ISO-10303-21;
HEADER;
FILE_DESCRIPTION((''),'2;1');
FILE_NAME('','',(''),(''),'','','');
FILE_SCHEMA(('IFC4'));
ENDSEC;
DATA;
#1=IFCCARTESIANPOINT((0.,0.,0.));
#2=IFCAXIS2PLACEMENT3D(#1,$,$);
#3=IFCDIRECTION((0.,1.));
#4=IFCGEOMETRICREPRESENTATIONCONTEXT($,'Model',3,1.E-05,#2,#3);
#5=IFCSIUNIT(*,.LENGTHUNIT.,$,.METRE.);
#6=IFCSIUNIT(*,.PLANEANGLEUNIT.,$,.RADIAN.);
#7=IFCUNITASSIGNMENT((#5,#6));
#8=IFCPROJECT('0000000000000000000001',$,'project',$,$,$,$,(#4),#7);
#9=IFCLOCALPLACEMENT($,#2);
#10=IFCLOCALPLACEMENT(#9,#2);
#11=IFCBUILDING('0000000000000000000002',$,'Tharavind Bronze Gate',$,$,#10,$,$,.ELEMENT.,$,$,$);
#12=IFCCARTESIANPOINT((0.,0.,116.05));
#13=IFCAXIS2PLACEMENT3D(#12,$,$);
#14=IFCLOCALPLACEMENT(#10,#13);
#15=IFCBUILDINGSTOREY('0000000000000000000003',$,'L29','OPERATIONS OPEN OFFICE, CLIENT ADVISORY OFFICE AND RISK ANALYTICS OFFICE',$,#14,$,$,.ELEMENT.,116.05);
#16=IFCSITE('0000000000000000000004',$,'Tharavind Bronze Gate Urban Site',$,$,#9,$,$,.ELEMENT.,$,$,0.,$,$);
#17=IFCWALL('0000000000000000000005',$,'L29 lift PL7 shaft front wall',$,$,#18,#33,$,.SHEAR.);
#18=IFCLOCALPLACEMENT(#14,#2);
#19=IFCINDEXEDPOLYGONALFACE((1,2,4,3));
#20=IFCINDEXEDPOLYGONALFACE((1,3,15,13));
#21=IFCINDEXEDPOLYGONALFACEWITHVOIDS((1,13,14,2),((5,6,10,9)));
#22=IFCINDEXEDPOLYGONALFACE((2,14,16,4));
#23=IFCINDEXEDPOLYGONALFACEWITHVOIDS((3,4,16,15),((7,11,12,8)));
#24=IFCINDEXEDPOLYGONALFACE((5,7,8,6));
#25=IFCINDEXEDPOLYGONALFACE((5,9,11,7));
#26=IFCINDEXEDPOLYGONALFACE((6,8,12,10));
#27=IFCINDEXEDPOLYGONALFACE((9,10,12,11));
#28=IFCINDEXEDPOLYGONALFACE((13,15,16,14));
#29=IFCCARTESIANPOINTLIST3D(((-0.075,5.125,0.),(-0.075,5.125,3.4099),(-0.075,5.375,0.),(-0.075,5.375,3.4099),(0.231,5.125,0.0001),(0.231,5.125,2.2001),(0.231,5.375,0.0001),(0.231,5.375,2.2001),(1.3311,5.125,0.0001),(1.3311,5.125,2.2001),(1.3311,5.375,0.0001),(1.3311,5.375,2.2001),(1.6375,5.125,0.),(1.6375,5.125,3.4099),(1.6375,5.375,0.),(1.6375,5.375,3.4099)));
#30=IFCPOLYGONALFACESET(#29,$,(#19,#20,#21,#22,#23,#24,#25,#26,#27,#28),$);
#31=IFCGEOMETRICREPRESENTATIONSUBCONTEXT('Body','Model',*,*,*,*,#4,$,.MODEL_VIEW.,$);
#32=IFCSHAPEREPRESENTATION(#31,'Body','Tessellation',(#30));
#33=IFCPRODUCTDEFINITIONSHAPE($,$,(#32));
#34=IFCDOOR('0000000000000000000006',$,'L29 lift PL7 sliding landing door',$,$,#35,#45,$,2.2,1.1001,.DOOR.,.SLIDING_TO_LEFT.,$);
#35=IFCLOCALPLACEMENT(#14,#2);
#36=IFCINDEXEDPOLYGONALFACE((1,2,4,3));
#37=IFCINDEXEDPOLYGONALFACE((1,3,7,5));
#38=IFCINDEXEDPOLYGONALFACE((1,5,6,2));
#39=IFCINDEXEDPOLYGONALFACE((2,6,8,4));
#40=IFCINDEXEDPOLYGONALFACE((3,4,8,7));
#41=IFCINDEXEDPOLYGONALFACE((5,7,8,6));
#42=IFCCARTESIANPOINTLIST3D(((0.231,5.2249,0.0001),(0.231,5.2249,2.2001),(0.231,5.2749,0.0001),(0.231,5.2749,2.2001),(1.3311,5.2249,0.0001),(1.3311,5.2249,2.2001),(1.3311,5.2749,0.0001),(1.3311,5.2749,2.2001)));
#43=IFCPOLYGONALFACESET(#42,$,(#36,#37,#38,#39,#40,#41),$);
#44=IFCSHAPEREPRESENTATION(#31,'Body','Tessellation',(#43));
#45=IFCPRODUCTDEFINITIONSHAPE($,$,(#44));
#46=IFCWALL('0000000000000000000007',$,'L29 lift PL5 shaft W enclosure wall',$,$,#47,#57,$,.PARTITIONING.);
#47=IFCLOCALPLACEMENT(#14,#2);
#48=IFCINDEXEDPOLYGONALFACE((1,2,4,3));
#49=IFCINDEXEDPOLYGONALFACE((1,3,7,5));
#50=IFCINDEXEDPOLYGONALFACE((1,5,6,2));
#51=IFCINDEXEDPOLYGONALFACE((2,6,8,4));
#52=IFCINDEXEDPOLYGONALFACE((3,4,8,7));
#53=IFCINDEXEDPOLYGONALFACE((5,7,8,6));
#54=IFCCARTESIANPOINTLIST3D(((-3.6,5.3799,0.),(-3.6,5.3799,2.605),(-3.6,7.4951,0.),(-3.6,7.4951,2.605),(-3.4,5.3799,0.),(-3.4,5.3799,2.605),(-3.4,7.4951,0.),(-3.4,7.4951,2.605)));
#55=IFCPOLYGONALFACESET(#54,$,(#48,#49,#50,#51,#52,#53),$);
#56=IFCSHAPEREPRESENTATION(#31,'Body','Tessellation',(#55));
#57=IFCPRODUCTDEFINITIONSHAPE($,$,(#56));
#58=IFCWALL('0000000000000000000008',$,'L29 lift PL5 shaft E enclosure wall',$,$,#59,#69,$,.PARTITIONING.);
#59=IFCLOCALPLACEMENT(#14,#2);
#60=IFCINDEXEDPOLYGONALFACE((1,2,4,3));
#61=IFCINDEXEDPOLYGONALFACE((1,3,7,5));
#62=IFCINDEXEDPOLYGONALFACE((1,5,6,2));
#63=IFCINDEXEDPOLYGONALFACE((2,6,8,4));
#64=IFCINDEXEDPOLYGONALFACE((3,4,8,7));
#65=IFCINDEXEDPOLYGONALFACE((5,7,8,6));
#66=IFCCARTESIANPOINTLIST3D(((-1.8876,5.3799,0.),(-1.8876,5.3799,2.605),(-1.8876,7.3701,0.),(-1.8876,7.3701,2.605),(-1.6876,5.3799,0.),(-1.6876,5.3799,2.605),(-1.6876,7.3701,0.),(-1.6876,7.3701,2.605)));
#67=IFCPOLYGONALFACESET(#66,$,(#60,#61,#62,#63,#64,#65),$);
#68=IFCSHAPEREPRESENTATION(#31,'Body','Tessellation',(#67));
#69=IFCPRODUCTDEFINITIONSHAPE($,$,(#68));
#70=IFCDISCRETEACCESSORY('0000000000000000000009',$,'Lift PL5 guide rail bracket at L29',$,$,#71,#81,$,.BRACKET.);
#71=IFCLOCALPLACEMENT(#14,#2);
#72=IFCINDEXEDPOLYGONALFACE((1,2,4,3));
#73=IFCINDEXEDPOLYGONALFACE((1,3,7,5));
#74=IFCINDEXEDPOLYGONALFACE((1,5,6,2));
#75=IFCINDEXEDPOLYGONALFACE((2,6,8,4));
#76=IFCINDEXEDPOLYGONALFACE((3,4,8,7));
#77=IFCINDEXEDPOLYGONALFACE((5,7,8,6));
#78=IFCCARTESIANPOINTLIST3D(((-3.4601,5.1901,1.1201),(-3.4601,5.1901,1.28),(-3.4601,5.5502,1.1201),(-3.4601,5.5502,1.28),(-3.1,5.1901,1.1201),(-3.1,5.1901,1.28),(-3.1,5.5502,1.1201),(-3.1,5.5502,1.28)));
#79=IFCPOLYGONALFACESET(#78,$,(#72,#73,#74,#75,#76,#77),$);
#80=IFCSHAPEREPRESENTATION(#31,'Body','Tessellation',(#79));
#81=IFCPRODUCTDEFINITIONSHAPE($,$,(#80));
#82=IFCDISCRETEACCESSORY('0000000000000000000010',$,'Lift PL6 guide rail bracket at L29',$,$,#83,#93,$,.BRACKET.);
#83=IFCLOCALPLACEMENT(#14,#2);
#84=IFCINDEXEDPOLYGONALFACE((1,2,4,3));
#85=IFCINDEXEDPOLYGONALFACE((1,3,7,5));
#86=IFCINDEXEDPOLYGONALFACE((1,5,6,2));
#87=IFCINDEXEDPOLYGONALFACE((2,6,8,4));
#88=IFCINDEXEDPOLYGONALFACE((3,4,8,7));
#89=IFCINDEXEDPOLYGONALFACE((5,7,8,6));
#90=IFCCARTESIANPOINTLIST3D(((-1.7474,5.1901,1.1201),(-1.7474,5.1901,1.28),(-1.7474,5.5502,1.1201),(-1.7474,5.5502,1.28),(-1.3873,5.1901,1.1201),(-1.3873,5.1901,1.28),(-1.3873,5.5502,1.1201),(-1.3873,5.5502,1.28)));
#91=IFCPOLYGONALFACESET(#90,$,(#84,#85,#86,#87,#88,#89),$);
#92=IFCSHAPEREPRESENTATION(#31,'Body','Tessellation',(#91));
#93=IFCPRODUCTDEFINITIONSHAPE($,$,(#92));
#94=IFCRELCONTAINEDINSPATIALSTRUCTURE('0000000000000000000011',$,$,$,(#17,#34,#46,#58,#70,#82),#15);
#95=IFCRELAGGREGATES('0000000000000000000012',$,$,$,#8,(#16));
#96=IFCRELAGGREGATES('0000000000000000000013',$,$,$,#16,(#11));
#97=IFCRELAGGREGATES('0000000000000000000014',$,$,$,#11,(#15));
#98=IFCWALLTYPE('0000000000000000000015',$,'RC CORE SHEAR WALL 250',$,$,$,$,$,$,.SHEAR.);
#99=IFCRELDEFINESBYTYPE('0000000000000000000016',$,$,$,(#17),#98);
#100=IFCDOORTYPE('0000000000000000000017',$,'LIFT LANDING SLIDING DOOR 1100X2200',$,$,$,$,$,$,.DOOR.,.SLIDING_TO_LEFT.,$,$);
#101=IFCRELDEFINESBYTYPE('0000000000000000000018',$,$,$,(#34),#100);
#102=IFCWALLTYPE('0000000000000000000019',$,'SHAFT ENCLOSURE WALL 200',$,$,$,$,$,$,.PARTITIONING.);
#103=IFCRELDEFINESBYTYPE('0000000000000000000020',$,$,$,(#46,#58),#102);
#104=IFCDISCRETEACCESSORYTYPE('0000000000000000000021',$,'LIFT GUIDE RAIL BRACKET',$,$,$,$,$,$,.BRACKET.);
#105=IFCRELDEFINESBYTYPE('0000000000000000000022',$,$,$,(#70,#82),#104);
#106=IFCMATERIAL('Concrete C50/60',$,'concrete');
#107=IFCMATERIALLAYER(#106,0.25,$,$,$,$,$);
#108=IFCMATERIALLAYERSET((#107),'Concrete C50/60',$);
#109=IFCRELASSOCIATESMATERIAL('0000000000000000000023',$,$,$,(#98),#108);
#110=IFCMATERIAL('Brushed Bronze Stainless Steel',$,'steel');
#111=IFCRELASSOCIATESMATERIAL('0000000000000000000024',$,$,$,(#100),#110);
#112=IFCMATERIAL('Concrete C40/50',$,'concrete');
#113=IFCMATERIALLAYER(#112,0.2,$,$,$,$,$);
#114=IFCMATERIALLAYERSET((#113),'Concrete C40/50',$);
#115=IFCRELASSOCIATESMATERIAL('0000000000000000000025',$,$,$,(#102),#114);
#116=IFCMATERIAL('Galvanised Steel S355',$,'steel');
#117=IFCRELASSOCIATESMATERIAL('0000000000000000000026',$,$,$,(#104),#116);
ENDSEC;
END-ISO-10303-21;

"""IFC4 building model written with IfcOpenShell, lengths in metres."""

from ifc_helpers import new_model, si_unit, direction, frame, frame_2d, origin, origin_2d, place, context, subcontext, project, spatial, rectangle, extrude, material, layer, layer_set, type_object, element, fill, save


model = new_model("IFC4")

# Units and contexts
model_context = context("Model", 3, precision=1e-05, world=origin(), true_north=direction((0.0, 1.0)))
body_context = subcontext(model_context, "Body", "Model", "MODEL_VIEW")
ifc_project = project(units=[si_unit("LENGTHUNIT", "METRE"), si_unit("PLANEANGLEUNIT", "RADIAN")], contexts=[model_context])

# Site, building, storey
site_placement = place(None, origin())
site = spatial("IfcSite", under=ifc_project, at=site_placement, Name="Tharavind Bronze Gate Urban Site", CompositionType="ELEMENT", RefElevation=0.0)
building_placement = place(site_placement, origin())
building = spatial("IfcBuilding", under=site, at=building_placement, Name="Tharavind Bronze Gate", CompositionType="ELEMENT")
storey_placement = place(building_placement, frame((0.0, 0.0, 116.05)))
storey = spatial("IfcBuildingStorey", under=building, at=storey_placement, Name="L29", Description="OPERATIONS OPEN OFFICE, CLIENT ADVISORY OFFICE AND RISK ANALYTICS OFFICE", CompositionType="ELEMENT", Elevation=116.05)

# Shared definitions
ifc_material_1 = material(Name="Concrete C40/50", Category="concrete")

# Wall, opening, door
ifc_material_2 = material(Name="Concrete C50/60", Category="concrete")
ifc_layer_1 = layer(ifc_material_2, 0.25)
ifc_layer_set_1 = layer_set([ifc_layer_1], Name="Concrete C50/60")
wall_type_1 = type_object("IfcWallType", Name="RC CORE SHEAR WALL 250", PredefinedType="SHEAR", material=ifc_layer_set_1)
ifc_material_3 = material(Name="Brushed Bronze Stainless Steel", Category="steel")
door_type_1 = type_object("IfcDoorType", Name="LIFT LANDING SLIDING DOOR 1100X2200", OperationType="SLIDING_TO_LEFT", PredefinedType="DOOR", material=ifc_material_3)
wall_1_placement = place(storey_placement, frame((-0.075, 5.25, 0.0), z_axis=(0.0, 0.0, 1.0), x_axis=(1.0, 0.0, 0.0)))
wall_1 = element("IfcWall", 1, at=wall_1_placement, inside=storey, type_object=wall_type_1, Name="L29 lift PL7 shaft front wall", PredefinedType="SHEAR", context=body_context, shape_type="SweptSolid", body=[
    extrude(rectangle(XDim=1.7124, YDim=0.25, at=frame_2d((0.8562, 0.0))), origin(), (0.0, 0.0, 1.0), 3.4099),
])
opening_1_placement = place(wall_1_placement, frame((0.3059, 0.0, 0.0)))
opening_1 = element("IfcOpeningElement", 2, at=opening_1_placement, cuts=wall_1, PredefinedType="OPENING", context=body_context, shape_type="SweptSolid", body=[
    extrude(rectangle(XDim=1.1001, YDim=2.2, at=frame_2d((0.55, 1.1001))), frame((0.0, 0.135, 0.0), z_axis=(0.0, -1.0, 0.0), x_axis=(1.0, 0.0, 0.0)), (0.0, 0.0, 1.0), 0.27),
])
door_1_placement = place(opening_1_placement, origin())
door_1 = element("IfcDoor", 3, at=door_1_placement, inside=storey, type_object=door_type_1, Name="L29 lift PL7 sliding landing door", OperationType="SLIDING_TO_LEFT", OverallHeight=2.2, OverallWidth=1.1001, PredefinedType="DOOR", context=body_context, shape_type="SweptSolid", body=[
    extrude(rectangle(XDim=1.1001, YDim=2.2, at=frame_2d((0.55, 1.1001))), frame((0.0, 0.0249, 0.0), z_axis=(0.0, -1.0, 0.0), x_axis=(1.0, 0.0, 0.0)), (0.0, 0.0, 1.0), 0.05),
])
fill(opening_1, door_1)

# Walls
ifc_layer_2 = layer(ifc_material_1, 0.2)
ifc_layer_set_2 = layer_set([ifc_layer_2], Name="Concrete C40/50")
wall_type_2 = type_object("IfcWallType", Name="SHAFT ENCLOSURE WALL 200", PredefinedType="PARTITIONING", material=ifc_layer_set_2)
wall_2_placement = place(storey_placement, frame((-3.5, 5.3799, 0.0), z_axis=(0.0, 0.0, 1.0), x_axis=(0.0, 1.0, 0.0)))
element("IfcWall", 4, at=wall_2_placement, inside=storey, type_object=wall_type_2, Name="L29 lift PL5 shaft W enclosure wall", PredefinedType="PARTITIONING", context=body_context, shape_type="SweptSolid", body=[
    extrude(rectangle(XDim=2.1152, YDim=0.2, at=frame_2d((1.0576, 0.0))), origin(), (0.0, 0.0, 1.0), 2.605),
])
wall_3_placement = place(storey_placement, frame((-1.7876, 5.3799, 0.0), z_axis=(0.0, 0.0, 1.0), x_axis=(0.0, 1.0, 0.0)))
element("IfcWall", 5, at=wall_3_placement, inside=storey, type_object=wall_type_2, Name="L29 lift PL5 shaft E enclosure wall", PredefinedType="PARTITIONING", context=body_context, shape_type="SweptSolid", body=[
    extrude(rectangle(XDim=1.9902, YDim=0.2, at=frame_2d((0.9951, 0.0))), origin(), (0.0, 0.0, 1.0), 2.605),
])

# Discrete accessories
ifc_material_4 = material(Name="Galvanised Steel S355", Category="steel")
discrete_accessory_type = type_object("IfcDiscreteAccessoryType", Name="LIFT GUIDE RAIL BRACKET", PredefinedType="BRACKET", material=ifc_material_4)
for number, where, z_axis, x_axis, name in (
    (6, (-3.28, 5.3701, 1.1201), (0.0, 0.0, 1.0), (1.0, 0.0, 0.0), "Lift PL5 guide rail bracket at L29"),
    (7, (-1.5674, 5.3701, 1.1201), (0.0, 0.0, 1.0), (1.0, 0.0, 0.0), "Lift PL6 guide rail bracket at L29"),
):
    element("IfcDiscreteAccessory", number, at=place(storey_placement, frame(where, z_axis=z_axis, x_axis=x_axis)), inside=storey, type_object=discrete_accessory_type, Name=name, PredefinedType="BRACKET", context=body_context, shape_type="SweptSolid", body=[
        extrude(rectangle(XDim=0.3601, YDim=0.3601, at=origin_2d()), origin(), (0.0, 0.0, 1.0), 0.1599),
    ])

save(model, "model.ifc")
